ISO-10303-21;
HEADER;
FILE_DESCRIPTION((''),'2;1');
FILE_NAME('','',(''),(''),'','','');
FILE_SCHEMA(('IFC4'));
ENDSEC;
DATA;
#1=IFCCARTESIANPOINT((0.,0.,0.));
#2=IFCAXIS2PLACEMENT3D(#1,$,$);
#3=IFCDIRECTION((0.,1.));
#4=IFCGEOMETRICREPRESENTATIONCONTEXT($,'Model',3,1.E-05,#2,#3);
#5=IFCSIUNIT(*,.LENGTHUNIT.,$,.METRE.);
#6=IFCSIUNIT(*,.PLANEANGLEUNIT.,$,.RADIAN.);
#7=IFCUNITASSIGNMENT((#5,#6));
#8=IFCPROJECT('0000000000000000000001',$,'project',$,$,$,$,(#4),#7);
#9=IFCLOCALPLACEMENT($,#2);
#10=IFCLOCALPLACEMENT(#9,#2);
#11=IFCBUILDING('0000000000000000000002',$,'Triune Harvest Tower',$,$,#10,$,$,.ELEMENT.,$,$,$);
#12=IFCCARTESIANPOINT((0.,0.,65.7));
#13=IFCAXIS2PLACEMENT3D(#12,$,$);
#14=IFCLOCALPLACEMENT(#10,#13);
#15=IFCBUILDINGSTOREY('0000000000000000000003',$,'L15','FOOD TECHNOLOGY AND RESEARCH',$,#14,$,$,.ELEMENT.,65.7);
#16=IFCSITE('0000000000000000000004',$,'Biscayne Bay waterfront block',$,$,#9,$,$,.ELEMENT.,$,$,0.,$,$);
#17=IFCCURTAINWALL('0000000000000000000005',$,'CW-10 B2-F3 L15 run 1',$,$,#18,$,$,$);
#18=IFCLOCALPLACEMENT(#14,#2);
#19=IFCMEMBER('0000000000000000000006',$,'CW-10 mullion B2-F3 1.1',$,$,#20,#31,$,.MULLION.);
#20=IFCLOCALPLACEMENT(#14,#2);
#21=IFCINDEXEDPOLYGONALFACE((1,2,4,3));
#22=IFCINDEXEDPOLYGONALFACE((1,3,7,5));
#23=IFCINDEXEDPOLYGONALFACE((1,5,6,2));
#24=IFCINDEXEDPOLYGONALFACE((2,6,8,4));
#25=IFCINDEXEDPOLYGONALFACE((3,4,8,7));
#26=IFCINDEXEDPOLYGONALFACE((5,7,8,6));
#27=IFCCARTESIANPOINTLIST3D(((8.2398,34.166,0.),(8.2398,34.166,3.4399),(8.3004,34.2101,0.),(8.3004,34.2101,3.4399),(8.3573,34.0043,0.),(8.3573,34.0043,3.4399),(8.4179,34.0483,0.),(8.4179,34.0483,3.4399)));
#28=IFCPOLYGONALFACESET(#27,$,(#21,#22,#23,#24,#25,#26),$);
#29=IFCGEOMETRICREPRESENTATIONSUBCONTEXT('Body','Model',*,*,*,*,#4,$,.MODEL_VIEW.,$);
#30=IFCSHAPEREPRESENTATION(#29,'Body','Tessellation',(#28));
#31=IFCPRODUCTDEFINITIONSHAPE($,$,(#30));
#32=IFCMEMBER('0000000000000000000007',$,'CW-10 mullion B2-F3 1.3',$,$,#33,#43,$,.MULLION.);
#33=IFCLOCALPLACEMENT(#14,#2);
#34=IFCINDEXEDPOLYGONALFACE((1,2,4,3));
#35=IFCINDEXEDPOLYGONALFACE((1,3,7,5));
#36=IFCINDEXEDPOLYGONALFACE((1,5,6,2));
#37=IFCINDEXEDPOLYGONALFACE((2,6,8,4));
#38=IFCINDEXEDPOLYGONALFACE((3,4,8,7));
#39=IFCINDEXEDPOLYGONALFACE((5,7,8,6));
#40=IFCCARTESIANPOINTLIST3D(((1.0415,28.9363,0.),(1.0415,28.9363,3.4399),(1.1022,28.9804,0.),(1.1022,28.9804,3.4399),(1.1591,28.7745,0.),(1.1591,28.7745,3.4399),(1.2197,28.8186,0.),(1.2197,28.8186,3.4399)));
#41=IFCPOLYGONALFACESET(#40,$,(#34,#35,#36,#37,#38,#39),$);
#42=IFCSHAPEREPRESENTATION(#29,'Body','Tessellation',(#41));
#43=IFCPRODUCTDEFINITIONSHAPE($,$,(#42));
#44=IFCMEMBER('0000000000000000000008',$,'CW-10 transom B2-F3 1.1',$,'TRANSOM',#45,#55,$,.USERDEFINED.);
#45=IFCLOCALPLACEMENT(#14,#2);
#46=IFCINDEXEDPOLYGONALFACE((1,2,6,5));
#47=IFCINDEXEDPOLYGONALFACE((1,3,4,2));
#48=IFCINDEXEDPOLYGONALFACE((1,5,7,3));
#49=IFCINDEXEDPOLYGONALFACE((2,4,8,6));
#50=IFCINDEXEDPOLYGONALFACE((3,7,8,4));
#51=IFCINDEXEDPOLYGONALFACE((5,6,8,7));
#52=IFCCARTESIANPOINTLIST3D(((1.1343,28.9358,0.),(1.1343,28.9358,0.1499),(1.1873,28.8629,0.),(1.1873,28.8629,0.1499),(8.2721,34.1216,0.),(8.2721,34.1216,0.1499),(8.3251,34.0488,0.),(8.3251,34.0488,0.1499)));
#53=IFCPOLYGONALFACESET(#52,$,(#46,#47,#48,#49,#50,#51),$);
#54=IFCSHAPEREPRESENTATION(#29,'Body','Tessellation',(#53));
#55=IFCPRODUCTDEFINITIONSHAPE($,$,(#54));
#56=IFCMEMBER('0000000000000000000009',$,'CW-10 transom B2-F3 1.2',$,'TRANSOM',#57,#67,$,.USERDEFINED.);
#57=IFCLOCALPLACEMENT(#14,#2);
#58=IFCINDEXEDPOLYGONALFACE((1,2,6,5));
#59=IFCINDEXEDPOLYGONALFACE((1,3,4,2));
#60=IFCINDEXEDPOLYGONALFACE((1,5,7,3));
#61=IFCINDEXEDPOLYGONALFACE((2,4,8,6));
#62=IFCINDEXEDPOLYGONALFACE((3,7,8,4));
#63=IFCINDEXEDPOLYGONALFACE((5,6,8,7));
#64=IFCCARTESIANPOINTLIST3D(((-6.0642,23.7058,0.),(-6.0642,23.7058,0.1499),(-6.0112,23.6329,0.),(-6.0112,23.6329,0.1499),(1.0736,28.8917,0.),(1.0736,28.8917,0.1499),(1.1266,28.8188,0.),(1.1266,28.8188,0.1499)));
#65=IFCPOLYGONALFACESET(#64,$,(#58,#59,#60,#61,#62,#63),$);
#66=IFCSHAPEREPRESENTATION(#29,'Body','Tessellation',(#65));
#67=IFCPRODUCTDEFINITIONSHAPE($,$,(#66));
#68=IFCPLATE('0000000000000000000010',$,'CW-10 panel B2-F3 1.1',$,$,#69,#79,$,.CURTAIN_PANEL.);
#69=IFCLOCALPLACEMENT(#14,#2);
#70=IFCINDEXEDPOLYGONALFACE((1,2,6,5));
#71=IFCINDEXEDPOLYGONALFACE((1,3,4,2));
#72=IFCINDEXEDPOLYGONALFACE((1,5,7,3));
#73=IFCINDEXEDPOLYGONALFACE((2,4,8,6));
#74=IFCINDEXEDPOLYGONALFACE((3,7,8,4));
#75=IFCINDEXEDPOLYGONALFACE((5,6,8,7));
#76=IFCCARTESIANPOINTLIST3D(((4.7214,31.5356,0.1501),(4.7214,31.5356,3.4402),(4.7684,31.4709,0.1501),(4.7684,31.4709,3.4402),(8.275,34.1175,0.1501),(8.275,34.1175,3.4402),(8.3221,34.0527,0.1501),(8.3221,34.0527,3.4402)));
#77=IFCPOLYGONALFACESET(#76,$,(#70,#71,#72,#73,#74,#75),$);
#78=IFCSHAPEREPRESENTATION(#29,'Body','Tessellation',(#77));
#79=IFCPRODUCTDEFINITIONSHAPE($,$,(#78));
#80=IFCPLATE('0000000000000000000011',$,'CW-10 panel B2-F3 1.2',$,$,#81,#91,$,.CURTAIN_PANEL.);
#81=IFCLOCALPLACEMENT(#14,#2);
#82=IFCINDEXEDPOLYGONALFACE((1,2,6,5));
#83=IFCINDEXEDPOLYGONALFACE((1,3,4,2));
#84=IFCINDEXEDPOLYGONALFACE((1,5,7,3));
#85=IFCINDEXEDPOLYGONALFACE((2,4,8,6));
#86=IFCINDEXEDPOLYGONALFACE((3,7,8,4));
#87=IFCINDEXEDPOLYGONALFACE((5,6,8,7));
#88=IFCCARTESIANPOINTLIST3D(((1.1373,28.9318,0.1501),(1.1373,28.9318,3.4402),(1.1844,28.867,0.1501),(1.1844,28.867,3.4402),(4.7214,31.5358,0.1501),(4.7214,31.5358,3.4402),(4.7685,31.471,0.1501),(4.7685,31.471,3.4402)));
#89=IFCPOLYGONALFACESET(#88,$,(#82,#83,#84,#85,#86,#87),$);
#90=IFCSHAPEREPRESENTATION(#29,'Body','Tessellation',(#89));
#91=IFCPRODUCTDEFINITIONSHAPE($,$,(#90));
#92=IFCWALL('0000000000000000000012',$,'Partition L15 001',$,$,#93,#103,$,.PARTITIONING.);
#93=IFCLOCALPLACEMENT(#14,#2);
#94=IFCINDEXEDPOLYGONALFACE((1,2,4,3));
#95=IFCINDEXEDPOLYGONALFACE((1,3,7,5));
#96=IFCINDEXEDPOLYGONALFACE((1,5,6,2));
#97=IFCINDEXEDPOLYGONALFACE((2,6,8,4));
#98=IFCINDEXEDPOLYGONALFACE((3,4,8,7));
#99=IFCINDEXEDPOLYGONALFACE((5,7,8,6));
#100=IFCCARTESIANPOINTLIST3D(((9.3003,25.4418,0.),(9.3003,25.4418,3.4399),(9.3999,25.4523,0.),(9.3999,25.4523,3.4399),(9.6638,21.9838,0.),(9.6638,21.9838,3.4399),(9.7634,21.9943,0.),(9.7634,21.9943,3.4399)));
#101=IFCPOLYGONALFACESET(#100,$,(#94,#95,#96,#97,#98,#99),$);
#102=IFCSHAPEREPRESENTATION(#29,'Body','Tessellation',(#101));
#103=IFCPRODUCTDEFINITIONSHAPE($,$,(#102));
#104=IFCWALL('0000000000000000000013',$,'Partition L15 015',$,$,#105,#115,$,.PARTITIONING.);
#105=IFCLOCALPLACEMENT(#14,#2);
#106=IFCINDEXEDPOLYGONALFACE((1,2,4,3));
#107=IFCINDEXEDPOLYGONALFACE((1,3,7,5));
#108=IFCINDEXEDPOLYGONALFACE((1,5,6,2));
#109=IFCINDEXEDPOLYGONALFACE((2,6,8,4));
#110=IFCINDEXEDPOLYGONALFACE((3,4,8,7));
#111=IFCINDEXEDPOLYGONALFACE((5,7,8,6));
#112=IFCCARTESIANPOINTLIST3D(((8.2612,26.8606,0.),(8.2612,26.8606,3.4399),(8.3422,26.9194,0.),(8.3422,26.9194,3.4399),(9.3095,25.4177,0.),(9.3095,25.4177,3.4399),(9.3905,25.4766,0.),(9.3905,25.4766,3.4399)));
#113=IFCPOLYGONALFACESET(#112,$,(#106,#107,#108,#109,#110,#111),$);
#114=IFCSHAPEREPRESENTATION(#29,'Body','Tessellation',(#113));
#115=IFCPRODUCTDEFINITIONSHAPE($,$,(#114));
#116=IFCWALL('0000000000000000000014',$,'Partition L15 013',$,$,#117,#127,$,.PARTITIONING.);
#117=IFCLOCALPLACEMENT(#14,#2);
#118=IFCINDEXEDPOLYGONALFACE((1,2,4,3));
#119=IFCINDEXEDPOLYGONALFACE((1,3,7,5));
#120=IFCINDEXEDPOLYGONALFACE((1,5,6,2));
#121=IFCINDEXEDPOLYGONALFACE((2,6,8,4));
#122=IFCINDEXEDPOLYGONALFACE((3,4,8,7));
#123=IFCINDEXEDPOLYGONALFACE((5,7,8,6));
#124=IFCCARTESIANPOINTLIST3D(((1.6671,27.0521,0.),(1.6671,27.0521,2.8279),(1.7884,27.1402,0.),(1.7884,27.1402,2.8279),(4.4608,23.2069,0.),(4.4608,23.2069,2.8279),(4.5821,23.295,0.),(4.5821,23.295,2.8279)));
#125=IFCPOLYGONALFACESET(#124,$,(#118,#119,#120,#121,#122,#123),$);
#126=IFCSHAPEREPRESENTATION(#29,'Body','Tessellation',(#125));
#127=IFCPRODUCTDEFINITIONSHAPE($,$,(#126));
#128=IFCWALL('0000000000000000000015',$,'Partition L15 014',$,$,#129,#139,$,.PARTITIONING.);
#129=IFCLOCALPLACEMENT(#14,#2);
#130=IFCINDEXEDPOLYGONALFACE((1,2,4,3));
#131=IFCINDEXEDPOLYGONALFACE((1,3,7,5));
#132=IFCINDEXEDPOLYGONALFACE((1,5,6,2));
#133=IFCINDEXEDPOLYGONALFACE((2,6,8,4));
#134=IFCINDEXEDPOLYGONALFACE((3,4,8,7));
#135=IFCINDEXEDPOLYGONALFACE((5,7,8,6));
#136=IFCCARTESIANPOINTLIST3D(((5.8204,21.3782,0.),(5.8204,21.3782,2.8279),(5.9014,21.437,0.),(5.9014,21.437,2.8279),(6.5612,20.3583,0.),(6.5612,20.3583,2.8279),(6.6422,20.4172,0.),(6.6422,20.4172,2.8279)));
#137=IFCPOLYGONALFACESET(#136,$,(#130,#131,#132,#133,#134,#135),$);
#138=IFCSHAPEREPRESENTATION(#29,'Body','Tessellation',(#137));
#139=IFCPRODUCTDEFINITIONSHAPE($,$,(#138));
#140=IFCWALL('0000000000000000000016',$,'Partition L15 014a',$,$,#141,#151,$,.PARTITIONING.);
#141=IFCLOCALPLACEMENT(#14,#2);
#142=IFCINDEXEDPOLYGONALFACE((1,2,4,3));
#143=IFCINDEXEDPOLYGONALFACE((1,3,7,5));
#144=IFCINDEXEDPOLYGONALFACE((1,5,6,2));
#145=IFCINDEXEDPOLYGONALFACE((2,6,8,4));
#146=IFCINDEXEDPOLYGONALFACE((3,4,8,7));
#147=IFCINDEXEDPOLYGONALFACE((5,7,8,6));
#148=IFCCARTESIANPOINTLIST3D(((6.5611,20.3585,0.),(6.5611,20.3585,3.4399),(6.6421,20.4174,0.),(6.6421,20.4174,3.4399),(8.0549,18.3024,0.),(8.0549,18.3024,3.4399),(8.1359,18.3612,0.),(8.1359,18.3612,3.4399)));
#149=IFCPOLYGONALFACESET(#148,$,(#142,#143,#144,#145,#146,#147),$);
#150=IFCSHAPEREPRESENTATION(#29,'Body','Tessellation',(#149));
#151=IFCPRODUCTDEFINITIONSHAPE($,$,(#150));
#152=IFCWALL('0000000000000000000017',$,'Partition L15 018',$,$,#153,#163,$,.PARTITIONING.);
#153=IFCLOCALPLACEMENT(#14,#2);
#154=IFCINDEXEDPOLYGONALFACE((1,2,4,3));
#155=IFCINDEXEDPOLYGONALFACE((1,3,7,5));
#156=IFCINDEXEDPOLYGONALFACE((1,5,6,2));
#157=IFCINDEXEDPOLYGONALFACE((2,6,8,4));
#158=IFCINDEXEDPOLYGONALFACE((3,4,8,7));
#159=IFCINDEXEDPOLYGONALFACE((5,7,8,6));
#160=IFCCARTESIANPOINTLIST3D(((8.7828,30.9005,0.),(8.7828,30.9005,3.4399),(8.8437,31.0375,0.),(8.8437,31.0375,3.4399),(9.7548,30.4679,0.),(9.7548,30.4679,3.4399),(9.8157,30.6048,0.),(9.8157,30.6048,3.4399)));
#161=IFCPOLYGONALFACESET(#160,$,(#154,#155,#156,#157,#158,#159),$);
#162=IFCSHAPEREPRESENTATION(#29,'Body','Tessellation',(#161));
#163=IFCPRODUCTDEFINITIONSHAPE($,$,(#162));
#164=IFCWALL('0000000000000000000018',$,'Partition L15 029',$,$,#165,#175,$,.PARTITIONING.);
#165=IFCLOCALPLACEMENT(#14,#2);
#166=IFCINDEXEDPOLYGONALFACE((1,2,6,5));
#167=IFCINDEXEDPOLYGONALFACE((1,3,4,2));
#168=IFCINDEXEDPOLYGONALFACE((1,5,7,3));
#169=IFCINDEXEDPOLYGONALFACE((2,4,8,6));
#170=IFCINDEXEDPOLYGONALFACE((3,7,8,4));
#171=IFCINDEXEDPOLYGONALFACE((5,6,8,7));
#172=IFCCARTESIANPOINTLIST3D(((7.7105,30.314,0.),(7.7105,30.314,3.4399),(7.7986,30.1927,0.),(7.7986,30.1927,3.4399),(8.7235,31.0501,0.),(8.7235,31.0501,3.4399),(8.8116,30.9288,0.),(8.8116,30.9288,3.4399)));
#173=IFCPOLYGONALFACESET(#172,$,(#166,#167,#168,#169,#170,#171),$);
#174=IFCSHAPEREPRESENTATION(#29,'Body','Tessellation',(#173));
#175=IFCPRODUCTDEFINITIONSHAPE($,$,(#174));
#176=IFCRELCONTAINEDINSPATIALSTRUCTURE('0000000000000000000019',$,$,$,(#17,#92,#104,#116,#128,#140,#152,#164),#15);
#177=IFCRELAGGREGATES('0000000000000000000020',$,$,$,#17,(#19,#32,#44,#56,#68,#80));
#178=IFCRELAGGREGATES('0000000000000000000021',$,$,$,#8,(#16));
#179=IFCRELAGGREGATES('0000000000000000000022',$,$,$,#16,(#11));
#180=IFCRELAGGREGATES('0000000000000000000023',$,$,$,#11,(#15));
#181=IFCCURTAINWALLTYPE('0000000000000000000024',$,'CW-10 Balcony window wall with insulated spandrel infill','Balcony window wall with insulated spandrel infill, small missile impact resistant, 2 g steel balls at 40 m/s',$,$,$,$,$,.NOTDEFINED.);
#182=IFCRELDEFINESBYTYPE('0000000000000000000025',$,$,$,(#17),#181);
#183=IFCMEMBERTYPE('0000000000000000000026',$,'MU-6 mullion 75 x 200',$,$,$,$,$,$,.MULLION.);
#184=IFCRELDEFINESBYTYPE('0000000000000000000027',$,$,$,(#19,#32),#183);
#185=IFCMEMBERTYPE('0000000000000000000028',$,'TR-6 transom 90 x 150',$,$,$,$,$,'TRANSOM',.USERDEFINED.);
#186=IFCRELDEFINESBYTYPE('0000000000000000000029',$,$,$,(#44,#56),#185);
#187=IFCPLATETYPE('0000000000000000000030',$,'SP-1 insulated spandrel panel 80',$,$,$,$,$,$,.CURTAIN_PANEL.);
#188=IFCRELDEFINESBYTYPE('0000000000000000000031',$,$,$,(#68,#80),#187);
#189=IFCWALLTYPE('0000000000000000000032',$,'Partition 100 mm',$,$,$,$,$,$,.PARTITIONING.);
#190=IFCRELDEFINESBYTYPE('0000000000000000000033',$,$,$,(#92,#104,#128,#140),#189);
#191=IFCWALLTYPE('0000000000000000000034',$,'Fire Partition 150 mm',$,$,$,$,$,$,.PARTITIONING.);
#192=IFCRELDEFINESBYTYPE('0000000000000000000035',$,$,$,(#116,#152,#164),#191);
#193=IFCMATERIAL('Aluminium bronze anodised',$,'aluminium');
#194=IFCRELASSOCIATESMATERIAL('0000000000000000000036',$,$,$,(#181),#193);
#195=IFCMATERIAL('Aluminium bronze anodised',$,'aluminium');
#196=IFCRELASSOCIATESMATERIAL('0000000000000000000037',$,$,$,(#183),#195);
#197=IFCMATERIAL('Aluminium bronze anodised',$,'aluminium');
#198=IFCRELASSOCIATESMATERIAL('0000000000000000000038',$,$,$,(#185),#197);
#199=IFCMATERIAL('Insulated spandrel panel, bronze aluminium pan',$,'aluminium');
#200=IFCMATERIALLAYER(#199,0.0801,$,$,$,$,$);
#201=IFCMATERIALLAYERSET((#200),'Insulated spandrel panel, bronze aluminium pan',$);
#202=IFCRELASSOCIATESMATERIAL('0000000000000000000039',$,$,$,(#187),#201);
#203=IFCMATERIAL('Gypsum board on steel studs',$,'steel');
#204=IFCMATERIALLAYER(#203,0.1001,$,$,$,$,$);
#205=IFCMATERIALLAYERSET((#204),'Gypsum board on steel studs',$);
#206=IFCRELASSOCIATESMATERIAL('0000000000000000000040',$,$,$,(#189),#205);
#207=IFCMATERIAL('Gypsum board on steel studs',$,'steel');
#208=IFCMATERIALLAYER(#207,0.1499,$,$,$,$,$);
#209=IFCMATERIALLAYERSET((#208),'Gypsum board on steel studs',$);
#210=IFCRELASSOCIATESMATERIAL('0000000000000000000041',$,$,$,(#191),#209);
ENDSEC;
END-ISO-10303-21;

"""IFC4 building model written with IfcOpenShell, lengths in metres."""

from ifc_helpers import new_model, si_unit, direction, frame, frame_2d, origin, origin_2d, place, context, subcontext, project, spatial, rectangle, extrude, source, transform, mapped, material, layer, layer_set, material_profile, profile_set, type_object, element, aggregate, save


model = new_model("IFC4")

# Units and contexts
model_context = context("Model", 3, precision=1e-05, world=origin(), true_north=direction((0.0, 1.0)))
body_context = subcontext(model_context, "Body", "Model", "MODEL_VIEW")
ifc_project = project(units=[si_unit("LENGTHUNIT", "METRE"), si_unit("PLANEANGLEUNIT", "RADIAN")], contexts=[model_context])

# Site, building, storey
site_placement = place(None, origin())
site = spatial("IfcSite", under=ifc_project, at=site_placement, Name="Biscayne Bay waterfront block", CompositionType="ELEMENT", RefElevation=0.0)
building_placement = place(site_placement, origin())
building = spatial("IfcBuilding", under=site, at=building_placement, Name="Triune Harvest Tower", CompositionType="ELEMENT")
storey_placement = place(building_placement, frame((0.0, 0.0, 65.7)))
storey = spatial("IfcBuildingStorey", under=building, at=storey_placement, Name="L15", Description="FOOD TECHNOLOGY AND RESEARCH", CompositionType="ELEMENT", Elevation=65.7)

# Curtain wall, members, plates
ifc_material_1 = material(Name="Aluminium bronze anodised", Category="aluminium")
curtain_wall_type_1 = type_object("IfcCurtainWallType", Name="CW-10 Balcony window wall with insulated spandrel infill", Description="Balcony window wall with insulated spandrel infill, small missile impact resistant, 2 g steel balls at 40 m/s", PredefinedType="NOTDEFINED", material=ifc_material_1)
curtain_wall_1_placement = place(storey_placement, origin())
curtain_wall_1 = element("IfcCurtainWall", 1, at=curtain_wall_1_placement, inside=storey, type_object=curtain_wall_type_1, Name="CW-10 B2-F3 L15 run 1")
ifc_material_2 = material(Name="Aluminium bronze anodised", Category="aluminium")
ifc_material_profile_1 = material_profile(ifc_material_2, rectangle(XDim=0.2, YDim=0.075, at=origin_2d()), Name="MU-6 mullion 75 x 200")
ifc_profile_set_1 = profile_set([ifc_material_profile_1], Name="Aluminium bronze anodised")
member_type_1 = type_object("IfcMemberType", Name="MU-6 mullion 75 x 200", PredefinedType="MULLION", material=ifc_profile_set_1)
shared_shape_1 = source(origin(), body_context, "Body", "SweptSolid", [
    extrude(rectangle(XDim=0.2, YDim=0.075, at=origin_2d()), origin(), (0.0, 0.0, 1.0), 3.4399),
])
member_1_placement = place(storey_placement, frame((8.3289, 34.1072, 0.0), z_axis=(0.0, 0.0, 1.0), x_axis=(0.587785, -0.809017, 0.0)))
member_1 = element("IfcMember", 2, at=member_1_placement, type_object=member_type_1, Name="CW-10 mullion B2-F3 1.1", PredefinedType="MULLION", context=body_context, shape_type="MappedRepresentation", body=[
    mapped(shared_shape_1, transform((0.0, 0.0, 0.0), scale=1.0)),
])
member_2_placement = place(storey_placement, frame((1.1306, 28.8774, 0.0), z_axis=(0.0, 0.0, 1.0), x_axis=(0.587785, -0.809017, 0.0)))
member_2 = element("IfcMember", 3, at=member_2_placement, type_object=member_type_1, Name="CW-10 mullion B2-F3 1.3", PredefinedType="MULLION", context=body_context, shape_type="MappedRepresentation", body=[
    mapped(shared_shape_1, transform((0.0, 0.0, 0.0), scale=1.0)),
])
ifc_material_3 = material(Name="Aluminium bronze anodised", Category="aluminium")
ifc_material_profile_2 = material_profile(ifc_material_3, rectangle(XDim=0.0901, YDim=0.1499, at=origin_2d()), Name="TR-6 transom 90 x 150")
ifc_profile_set_2 = profile_set([ifc_material_profile_2], Name="Aluminium bronze anodised")
member_type_2 = type_object("IfcMemberType", Name="TR-6 transom 90 x 150", ElementType="TRANSOM", PredefinedType="USERDEFINED", material=ifc_profile_set_2)
shared_shape_2 = source(origin(), body_context, "Body", "SweptSolid", [
    extrude(rectangle(XDim=0.0901, YDim=0.1499, at=origin_2d()), origin(), (0.0, 0.0, 1.0), 8.8228),
])
member_3_placement = place(storey_placement, frame((8.2986, 34.0852, 0.075), z_axis=(-0.80902, -0.587782, 0.0), x_axis=(0.587782, -0.80902, 0.0)))
member_3 = element("IfcMember", 4, at=member_3_placement, type_object=member_type_2, Name="CW-10 transom B2-F3 1.1", ObjectType="TRANSOM", PredefinedType="USERDEFINED", context=body_context, shape_type="MappedRepresentation", body=[
    mapped(shared_shape_2, transform((0.0, 0.0, 0.0), scale=1.0)),
])
member_4_placement = place(storey_placement, frame((1.1001, 28.8552, 0.075), z_axis=(-0.80902, -0.587782, 0.0), x_axis=(0.587782, -0.80902, 0.0)))
member_4 = element("IfcMember", 5, at=member_4_placement, type_object=member_type_2, Name="CW-10 transom B2-F3 1.2", ObjectType="TRANSOM", PredefinedType="USERDEFINED", context=body_context, shape_type="MappedRepresentation", body=[
    mapped(shared_shape_2, transform((0.0, 0.0, 0.0), scale=1.0)),
])
ifc_material_4 = material(Name="Insulated spandrel panel, bronze aluminium pan", Category="aluminium")
ifc_layer_1 = layer(ifc_material_4, 0.0801)
ifc_layer_set_1 = layer_set([ifc_layer_1], Name="Insulated spandrel panel, bronze aluminium pan")
plate_type = type_object("IfcPlateType", Name="SP-1 insulated spandrel panel 80", PredefinedType="CURTAIN_PANEL", material=ifc_layer_set_1)
shared_shape_3 = source(origin(), body_context, "Body", "SweptSolid", [
    extrude(rectangle(XDim=4.3926, YDim=0.0801, at=origin_2d()), origin(), (0.0, 0.0, 1.0), 3.29),
])
plate_1_placement = place(storey_placement, frame((6.5217, 32.7942, 0.1501), z_axis=(0.0, 0.0, 1.0), x_axis=(-0.809017, -0.587785, 0.0)))
plate_1 = element("IfcPlate", 6, at=plate_1_placement, type_object=plate_type, Name="CW-10 panel B2-F3 1.1", PredefinedType="CURTAIN_PANEL", context=body_context, shape_type="MappedRepresentation", body=[
    mapped(shared_shape_3, transform((0.0, 0.0, 0.0), scale=1.0)),
])
shared_shape_4 = source(origin(), body_context, "Body", "SweptSolid", [
    extrude(rectangle(XDim=4.4302, YDim=0.0801, at=origin_2d()), origin(), (0.0, 0.0, 1.0), 3.29),
])
plate_2_placement = place(storey_placement, frame((2.9529, 30.2014, 0.1501), z_axis=(0.0, 0.0, 1.0), x_axis=(-0.809017, -0.587785, 0.0)))
plate_2 = element("IfcPlate", 7, at=plate_2_placement, type_object=plate_type, Name="CW-10 panel B2-F3 1.2", PredefinedType="CURTAIN_PANEL", context=body_context, shape_type="MappedRepresentation", body=[
    mapped(shared_shape_4, transform((0.0, 0.0, 0.0), scale=1.0)),
])
aggregate(curtain_wall_1, [member_1, member_2, member_3, member_4, plate_1, plate_2])

# Walls
ifc_material_5 = material(Name="Gypsum board on steel studs", Category="steel")
ifc_layer_2 = layer(ifc_material_5, 0.1001)
ifc_layer_set_2 = layer_set([ifc_layer_2], Name="Gypsum board on steel studs")
wall_type_1 = type_object("IfcWallType", Name="Partition 100 mm", PredefinedType="PARTITIONING", material=ifc_layer_set_2)
wall_1_placement = place(storey_placement, frame((9.3501, 25.447, 0.0), z_axis=(0.0, 0.0, 1.0), x_axis=(0.10455, -0.99452, 0.0)))
element("IfcWall", 8, at=wall_1_placement, inside=storey, type_object=wall_type_1, Name="Partition L15 001", PredefinedType="PARTITIONING", context=body_context, shape_type="SweptSolid", body=[
    extrude(rectangle(XDim=3.4771, YDim=0.1001, at=frame_2d((1.7385, 0.0))), origin(), (0.0, 0.0, 1.0), 3.4399),
])
wall_2_placement = place(storey_placement, frame((8.3018, 26.8899, 0.0), z_axis=(0.0, 0.0, 1.0), x_axis=(0.587797, -0.809008, 0.0)))
element("IfcWall", 9, at=wall_2_placement, inside=storey, type_object=wall_type_1, Name="Partition L15 015", PredefinedType="PARTITIONING", context=body_context, shape_type="SweptSolid", body=[
    extrude(rectangle(XDim=1.7834, YDim=0.1001, at=frame_2d((0.8916, 0.0))), origin(), (0.0, 0.0, 1.0), 3.4399),
])
ifc_material_6 = material(Name="Gypsum board on steel studs", Category="steel")
ifc_layer_3 = layer(ifc_material_6, 0.1499)
ifc_layer_set_3 = layer_set([ifc_layer_3], Name="Gypsum board on steel studs")
wall_type_2 = type_object("IfcWallType", Name="Fire Partition 150 mm", PredefinedType="PARTITIONING", material=ifc_layer_set_3)
shared_shape_5 = source(origin(), body_context, "Body", "SweptSolid", [
    extrude(rectangle(XDim=4.7529, YDim=0.1499, at=frame_2d((2.3765, 0.0))), origin(), (0.0, 0.0, 1.0), 2.8279),
])
wall_3_placement = place(storey_placement, frame((1.7278, 27.0962, 0.0), z_axis=(0.0, 0.0, 1.0), x_axis=(0.587784, -0.809018, 0.0)))
element("IfcWall", 10, at=wall_3_placement, inside=storey, type_object=wall_type_2, Name="Partition L15 013", PredefinedType="PARTITIONING", context=body_context, shape_type="MappedRepresentation", body=[
    mapped(shared_shape_5, transform((0.0, 0.0, 0.0), scale=1.0)),
])
shared_shape_6 = source(origin(), body_context, "Body", "SweptSolid", [
    extrude(rectangle(XDim=1.2605, YDim=0.1001, at=frame_2d((0.6304, 0.0))), origin(), (0.0, 0.0, 1.0), 2.8279),
])
wall_4_placement = place(storey_placement, frame((5.8608, 21.4077, 0.0), z_axis=(0.0, 0.0, 1.0), x_axis=(0.587688, -0.809088, 0.0)))
element("IfcWall", 11, at=wall_4_placement, inside=storey, type_object=wall_type_1, Name="Partition L15 014", PredefinedType="PARTITIONING", context=body_context, shape_type="MappedRepresentation", body=[
    mapped(shared_shape_6, transform((0.0, 0.0, 0.0), scale=1.0)),
])
shared_shape_7 = source(origin(), body_context, "Body", "SweptSolid", [
    extrude(rectangle(XDim=2.5415, YDim=0.1001, at=frame_2d((1.2708, 0.0))), origin(), (0.0, 0.0, 1.0), 3.4399),
])
wall_5_placement = place(storey_placement, frame((6.6016, 20.3879, 0.0), z_axis=(0.0, 0.0, 1.0), x_axis=(0.587789, -0.809014, 0.0)))
element("IfcWall", 12, at=wall_5_placement, inside=storey, type_object=wall_type_1, Name="Partition L15 014a", PredefinedType="PARTITIONING", context=body_context, shape_type="MappedRepresentation", body=[
    mapped(shared_shape_7, transform((0.0, 0.0, 0.0), scale=1.0)),
])
shared_shape_8 = source(origin(), body_context, "Body", "SweptSolid", [
    extrude(rectangle(XDim=1.064, YDim=0.1499, at=frame_2d((0.532, 0.0))), origin(), (0.0, 0.0, 1.0), 3.4399),
])
wall_6_placement = place(storey_placement, frame((8.8132, 30.969, 0.0), z_axis=(0.0, 0.0, 1.0), x_axis=(0.913584, -0.406649, 0.0)))
element("IfcWall", 13, at=wall_6_placement, inside=storey, type_object=wall_type_2, Name="Partition L15 018", PredefinedType="PARTITIONING", context=body_context, shape_type="MappedRepresentation", body=[
    mapped(shared_shape_8, transform((0.0, 0.0, 0.0), scale=1.0)),
])
shared_shape_9 = source(origin(), body_context, "Body", "SweptSolid", [
    extrude(rectangle(XDim=1.2522, YDim=0.1499, at=frame_2d((0.626, 0.0))), origin(), (0.0, 0.0, 1.0), 3.4399),
])
wall_7_placement = place(storey_placement, frame((7.7546, 30.2534, 0.0), z_axis=(0.0, 0.0, 1.0), x_axis=(0.808964, 0.587859, 0.0)))
element("IfcWall", 14, at=wall_7_placement, inside=storey, type_object=wall_type_2, Name="Partition L15 029", PredefinedType="PARTITIONING", context=body_context, shape_type="MappedRepresentation", body=[
    mapped(shared_shape_9, transform((0.0, 0.0, 0.0), scale=1.0)),
])

save(model, "model.ifc")
